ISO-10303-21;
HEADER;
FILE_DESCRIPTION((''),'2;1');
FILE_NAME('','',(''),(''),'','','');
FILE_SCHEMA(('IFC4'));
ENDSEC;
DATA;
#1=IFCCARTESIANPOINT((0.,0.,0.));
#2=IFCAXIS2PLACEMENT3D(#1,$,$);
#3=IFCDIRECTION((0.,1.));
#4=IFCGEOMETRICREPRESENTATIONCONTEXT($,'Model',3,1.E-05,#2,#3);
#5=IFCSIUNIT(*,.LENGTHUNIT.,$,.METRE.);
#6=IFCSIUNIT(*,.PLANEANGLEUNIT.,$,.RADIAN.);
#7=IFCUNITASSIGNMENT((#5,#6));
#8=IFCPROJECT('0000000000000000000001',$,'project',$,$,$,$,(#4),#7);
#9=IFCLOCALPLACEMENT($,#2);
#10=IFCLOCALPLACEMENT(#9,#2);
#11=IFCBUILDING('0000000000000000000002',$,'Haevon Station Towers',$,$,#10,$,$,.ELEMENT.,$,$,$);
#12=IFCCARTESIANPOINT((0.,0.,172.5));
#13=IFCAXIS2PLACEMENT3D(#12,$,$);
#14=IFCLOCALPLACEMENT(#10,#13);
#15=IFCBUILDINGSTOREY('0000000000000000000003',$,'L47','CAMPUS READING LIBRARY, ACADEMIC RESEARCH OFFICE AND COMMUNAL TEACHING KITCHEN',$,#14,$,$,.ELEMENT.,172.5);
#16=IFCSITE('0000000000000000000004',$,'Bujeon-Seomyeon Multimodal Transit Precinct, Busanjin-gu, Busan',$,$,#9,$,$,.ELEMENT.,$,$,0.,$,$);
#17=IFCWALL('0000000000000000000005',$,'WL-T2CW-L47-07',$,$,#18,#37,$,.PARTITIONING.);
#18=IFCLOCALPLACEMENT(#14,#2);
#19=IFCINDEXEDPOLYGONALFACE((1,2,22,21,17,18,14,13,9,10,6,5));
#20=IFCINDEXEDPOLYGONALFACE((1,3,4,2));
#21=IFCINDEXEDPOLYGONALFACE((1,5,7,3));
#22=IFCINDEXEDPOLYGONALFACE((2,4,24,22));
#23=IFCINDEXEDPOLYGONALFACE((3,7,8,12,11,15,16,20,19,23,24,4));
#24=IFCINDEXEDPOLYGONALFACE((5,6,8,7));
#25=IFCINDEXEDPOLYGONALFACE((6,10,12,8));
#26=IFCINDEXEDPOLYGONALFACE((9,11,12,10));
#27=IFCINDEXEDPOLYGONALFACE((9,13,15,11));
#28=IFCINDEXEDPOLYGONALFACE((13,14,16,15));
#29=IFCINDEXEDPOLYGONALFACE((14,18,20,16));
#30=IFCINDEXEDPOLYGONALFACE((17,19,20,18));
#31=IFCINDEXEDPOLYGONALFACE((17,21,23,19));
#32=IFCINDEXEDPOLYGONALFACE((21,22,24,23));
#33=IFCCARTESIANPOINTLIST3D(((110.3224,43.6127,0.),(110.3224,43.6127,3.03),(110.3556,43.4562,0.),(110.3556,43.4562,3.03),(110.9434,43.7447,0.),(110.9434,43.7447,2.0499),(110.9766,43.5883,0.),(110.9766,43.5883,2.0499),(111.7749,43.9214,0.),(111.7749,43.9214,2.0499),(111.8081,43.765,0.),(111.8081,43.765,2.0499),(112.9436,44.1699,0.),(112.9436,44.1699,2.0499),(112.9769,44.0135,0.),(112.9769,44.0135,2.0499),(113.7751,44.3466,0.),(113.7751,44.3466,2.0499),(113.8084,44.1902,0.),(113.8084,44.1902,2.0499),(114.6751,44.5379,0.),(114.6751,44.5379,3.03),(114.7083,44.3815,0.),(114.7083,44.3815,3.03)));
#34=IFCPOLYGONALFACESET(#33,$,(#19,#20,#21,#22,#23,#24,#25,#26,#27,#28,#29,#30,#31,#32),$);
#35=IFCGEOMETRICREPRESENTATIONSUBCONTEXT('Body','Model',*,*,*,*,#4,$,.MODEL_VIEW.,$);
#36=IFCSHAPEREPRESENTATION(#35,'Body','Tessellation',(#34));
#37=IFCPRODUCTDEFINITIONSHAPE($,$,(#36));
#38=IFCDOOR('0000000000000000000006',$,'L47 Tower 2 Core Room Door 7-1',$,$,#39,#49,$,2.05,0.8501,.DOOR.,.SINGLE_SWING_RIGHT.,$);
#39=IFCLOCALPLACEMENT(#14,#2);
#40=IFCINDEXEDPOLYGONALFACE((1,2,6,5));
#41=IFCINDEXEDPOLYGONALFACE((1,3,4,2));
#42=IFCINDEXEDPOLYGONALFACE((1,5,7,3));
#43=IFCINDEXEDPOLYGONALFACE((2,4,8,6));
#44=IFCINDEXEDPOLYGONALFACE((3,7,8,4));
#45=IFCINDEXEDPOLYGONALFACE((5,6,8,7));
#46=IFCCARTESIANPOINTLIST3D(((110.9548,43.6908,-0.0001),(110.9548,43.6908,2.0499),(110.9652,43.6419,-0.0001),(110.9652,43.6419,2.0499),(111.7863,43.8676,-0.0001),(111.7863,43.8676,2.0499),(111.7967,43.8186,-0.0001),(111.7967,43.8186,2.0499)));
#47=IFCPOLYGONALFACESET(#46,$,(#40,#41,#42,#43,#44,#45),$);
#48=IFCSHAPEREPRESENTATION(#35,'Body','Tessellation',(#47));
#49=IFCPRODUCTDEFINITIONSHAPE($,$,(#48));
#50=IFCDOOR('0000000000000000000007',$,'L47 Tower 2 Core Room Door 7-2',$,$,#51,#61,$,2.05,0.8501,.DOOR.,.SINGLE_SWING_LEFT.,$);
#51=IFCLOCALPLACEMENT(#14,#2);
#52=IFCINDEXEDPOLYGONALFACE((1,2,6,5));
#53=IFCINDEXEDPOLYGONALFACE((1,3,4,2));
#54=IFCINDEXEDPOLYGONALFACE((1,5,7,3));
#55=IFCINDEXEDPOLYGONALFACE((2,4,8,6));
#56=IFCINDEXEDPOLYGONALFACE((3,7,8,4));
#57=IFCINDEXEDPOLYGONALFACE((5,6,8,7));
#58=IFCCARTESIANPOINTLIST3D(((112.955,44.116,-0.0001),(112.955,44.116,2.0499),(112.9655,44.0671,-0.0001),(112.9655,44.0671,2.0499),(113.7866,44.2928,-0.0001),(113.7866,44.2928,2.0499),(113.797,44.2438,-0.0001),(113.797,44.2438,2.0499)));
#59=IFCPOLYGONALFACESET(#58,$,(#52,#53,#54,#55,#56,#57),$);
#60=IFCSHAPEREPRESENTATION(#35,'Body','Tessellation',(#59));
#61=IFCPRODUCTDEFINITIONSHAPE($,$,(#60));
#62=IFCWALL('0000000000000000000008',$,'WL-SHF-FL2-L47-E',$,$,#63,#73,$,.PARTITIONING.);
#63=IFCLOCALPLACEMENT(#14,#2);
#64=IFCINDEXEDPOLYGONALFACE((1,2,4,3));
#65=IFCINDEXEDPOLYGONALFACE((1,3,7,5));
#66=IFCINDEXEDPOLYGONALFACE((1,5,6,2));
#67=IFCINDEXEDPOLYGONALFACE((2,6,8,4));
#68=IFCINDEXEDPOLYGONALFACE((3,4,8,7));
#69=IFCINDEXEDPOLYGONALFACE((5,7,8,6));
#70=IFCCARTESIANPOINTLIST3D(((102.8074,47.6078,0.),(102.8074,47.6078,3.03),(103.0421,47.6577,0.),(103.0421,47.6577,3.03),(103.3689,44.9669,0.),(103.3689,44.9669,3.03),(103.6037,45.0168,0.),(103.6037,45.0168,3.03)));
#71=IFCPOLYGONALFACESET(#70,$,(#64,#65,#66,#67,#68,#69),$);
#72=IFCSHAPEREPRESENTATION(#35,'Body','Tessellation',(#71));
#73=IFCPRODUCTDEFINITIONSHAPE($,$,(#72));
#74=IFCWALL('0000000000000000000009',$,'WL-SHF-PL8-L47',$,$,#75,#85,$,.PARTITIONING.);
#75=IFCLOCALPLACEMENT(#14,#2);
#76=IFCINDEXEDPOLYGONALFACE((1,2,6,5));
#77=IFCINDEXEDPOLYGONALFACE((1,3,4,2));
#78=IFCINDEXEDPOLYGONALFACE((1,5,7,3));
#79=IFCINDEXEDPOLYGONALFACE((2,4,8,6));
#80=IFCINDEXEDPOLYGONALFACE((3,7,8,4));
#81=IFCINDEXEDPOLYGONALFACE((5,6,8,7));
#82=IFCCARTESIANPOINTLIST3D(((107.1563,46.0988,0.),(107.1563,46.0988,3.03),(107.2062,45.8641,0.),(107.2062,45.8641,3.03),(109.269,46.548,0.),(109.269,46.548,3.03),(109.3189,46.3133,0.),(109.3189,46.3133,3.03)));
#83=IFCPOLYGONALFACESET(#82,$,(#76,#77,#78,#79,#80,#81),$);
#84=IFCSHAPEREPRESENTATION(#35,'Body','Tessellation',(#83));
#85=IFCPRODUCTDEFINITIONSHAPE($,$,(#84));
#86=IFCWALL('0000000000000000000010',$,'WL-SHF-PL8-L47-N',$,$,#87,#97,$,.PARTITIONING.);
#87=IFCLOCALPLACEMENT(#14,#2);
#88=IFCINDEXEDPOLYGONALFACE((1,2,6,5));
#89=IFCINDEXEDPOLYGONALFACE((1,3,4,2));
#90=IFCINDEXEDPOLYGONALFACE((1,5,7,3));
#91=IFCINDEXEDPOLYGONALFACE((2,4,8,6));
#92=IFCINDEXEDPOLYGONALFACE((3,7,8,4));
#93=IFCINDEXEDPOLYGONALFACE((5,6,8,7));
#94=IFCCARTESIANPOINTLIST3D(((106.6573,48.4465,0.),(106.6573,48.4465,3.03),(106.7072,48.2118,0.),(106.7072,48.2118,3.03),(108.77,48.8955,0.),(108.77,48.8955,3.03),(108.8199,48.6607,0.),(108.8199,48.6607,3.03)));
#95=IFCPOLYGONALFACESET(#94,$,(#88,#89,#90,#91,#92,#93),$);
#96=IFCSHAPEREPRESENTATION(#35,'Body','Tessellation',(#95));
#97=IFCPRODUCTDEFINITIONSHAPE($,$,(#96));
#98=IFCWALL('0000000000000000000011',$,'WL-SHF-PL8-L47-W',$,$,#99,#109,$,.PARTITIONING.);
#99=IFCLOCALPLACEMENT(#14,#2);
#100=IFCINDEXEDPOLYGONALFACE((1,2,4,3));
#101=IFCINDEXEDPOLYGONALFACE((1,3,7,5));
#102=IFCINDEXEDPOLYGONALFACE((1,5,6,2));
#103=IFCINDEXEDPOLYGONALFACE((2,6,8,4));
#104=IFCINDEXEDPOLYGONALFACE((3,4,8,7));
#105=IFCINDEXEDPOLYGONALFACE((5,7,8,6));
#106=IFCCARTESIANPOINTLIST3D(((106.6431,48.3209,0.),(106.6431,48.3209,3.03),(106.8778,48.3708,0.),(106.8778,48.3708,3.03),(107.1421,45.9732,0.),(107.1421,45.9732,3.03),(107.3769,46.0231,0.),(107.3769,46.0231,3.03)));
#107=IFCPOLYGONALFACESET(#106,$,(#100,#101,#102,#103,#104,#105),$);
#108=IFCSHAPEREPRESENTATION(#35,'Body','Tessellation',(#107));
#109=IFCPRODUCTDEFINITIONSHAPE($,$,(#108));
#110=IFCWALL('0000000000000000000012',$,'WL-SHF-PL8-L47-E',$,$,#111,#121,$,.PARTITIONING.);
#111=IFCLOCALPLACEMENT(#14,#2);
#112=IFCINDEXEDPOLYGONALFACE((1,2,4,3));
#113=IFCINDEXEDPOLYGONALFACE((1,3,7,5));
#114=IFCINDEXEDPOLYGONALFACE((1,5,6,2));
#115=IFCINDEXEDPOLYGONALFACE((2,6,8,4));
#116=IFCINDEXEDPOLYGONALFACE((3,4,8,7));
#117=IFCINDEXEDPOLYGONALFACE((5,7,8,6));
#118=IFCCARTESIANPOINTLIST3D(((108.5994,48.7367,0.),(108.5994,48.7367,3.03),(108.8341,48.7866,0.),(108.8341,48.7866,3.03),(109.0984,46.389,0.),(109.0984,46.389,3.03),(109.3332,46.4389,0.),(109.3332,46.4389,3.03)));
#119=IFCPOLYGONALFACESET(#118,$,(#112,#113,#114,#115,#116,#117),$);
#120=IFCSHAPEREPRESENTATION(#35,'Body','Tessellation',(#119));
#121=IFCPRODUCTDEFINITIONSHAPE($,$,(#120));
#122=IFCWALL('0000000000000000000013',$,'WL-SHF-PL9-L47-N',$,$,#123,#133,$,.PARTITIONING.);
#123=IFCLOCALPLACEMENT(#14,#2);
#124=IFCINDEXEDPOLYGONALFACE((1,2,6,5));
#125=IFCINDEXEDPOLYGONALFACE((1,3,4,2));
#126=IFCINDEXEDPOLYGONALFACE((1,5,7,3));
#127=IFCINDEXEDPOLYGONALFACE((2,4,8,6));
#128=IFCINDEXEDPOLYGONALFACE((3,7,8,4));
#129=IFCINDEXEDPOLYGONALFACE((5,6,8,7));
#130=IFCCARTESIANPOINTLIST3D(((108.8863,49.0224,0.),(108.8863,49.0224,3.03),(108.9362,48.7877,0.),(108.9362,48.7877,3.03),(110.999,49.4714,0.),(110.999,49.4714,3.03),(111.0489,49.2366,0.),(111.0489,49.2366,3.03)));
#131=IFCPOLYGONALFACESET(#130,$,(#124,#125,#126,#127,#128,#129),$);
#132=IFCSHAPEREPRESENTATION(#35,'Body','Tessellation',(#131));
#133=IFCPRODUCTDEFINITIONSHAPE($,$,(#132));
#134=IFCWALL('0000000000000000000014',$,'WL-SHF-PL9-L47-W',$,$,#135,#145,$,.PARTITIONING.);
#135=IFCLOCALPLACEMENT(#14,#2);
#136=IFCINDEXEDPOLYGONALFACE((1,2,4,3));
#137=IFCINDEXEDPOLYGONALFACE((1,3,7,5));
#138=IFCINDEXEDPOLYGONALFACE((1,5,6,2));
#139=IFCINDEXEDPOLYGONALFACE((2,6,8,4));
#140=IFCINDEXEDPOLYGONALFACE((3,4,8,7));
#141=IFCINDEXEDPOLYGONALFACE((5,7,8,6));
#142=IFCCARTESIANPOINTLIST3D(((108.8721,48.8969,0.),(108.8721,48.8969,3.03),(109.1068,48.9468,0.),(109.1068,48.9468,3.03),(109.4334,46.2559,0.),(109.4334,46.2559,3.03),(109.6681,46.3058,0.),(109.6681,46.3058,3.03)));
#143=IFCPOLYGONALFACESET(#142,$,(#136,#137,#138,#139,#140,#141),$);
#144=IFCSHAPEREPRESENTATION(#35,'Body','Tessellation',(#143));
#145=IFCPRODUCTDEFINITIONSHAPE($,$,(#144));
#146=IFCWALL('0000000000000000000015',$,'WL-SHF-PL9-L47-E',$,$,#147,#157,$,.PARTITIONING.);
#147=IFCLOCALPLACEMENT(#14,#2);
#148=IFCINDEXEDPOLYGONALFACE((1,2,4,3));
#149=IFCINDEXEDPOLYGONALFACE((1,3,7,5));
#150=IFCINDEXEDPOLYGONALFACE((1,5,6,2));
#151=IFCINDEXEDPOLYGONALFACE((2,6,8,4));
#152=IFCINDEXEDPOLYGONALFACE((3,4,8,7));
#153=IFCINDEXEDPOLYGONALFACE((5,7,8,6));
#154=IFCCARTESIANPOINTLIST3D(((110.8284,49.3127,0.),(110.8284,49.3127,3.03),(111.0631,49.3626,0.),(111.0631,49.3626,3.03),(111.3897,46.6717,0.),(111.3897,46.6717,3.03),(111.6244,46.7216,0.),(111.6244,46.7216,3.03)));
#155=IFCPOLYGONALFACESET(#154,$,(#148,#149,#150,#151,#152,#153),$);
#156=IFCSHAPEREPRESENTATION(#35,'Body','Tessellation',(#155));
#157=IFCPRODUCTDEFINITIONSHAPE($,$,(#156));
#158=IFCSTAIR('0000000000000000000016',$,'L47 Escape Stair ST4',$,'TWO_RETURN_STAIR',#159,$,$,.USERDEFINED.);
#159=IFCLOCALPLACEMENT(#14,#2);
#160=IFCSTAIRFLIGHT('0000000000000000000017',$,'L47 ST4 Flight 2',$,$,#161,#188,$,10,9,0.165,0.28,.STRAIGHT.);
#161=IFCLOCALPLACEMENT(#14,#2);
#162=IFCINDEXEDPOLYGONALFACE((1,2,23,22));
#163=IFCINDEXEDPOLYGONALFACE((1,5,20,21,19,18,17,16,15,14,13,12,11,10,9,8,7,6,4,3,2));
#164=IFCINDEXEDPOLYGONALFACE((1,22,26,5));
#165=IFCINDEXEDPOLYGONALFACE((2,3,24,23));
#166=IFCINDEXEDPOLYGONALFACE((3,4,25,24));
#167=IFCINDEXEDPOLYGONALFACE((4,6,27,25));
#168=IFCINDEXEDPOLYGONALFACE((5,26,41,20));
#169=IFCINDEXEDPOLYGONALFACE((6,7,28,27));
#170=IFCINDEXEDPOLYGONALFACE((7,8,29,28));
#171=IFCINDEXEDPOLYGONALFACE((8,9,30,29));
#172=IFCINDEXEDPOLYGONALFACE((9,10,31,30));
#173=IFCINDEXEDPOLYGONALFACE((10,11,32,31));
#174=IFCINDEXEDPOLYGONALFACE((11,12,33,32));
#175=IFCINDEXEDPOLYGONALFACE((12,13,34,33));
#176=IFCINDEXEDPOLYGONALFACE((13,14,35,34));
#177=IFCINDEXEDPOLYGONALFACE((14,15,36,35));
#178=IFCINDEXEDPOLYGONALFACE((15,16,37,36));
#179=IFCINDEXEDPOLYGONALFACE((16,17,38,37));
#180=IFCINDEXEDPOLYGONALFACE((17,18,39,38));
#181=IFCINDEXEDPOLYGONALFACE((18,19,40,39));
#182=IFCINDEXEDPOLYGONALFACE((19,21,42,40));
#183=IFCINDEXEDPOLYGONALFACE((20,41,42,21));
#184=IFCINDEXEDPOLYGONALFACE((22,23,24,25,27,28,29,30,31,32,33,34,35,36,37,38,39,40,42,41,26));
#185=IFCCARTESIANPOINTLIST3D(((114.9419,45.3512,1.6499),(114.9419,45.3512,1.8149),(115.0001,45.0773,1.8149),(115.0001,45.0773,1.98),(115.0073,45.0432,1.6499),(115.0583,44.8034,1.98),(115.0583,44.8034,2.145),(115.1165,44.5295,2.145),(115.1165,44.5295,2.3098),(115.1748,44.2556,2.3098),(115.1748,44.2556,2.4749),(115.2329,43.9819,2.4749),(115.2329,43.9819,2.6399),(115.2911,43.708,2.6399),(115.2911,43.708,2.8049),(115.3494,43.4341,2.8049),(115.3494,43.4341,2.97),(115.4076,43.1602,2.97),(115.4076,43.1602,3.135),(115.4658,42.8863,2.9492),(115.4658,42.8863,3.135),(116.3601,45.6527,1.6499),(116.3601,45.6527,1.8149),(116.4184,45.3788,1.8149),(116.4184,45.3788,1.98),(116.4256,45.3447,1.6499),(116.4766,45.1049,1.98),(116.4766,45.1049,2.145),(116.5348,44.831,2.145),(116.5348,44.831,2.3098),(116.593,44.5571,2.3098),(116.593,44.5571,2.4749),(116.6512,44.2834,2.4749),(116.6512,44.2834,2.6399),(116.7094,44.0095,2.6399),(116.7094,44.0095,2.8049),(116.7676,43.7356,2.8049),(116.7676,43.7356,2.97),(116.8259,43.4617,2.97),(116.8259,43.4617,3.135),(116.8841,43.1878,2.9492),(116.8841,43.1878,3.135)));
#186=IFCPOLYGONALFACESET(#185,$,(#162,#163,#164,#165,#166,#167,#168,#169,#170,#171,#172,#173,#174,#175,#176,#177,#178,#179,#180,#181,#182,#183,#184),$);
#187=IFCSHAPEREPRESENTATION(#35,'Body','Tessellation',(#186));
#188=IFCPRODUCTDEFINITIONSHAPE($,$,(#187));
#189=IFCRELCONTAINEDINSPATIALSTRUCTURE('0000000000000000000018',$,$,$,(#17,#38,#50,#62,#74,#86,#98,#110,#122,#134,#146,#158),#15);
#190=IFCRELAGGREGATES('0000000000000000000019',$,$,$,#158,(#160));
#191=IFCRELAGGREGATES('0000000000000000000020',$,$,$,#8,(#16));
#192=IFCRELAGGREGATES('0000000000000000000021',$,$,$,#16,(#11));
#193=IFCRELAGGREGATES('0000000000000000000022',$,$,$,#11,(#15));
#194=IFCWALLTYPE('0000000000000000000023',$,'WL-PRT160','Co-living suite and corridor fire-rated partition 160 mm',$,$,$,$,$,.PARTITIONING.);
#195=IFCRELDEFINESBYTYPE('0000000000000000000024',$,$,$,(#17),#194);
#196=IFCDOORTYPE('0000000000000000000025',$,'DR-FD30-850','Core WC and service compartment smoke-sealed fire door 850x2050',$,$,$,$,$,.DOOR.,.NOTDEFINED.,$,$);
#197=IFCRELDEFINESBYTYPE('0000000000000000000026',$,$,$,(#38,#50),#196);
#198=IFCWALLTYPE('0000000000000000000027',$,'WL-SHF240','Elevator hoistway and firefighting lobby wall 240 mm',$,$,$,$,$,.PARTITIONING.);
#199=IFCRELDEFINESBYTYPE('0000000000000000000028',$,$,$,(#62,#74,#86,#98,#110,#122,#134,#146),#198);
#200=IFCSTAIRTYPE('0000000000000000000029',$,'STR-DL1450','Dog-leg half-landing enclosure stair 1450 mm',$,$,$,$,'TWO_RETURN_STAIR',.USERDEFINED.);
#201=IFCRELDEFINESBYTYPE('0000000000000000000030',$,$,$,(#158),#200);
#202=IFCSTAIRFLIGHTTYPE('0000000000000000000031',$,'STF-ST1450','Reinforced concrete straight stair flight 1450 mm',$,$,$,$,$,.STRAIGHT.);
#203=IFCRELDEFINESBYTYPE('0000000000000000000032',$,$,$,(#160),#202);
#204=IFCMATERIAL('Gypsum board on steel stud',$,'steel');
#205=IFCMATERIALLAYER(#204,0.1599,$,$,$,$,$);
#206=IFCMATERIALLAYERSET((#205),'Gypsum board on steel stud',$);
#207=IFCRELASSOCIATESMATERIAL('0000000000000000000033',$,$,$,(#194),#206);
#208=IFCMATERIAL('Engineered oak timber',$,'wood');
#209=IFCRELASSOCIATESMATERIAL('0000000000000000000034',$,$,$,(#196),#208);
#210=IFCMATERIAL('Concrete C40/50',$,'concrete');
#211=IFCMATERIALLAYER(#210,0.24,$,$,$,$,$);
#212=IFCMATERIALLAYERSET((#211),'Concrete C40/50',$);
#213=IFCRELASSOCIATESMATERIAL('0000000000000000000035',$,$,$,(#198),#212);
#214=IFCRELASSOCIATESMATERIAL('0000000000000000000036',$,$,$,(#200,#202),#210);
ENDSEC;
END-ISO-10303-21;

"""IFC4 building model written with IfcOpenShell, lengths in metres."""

from ifc_helpers import new_model, si_unit, direction, frame, frame_2d, origin, place, context, subcontext, project, spatial, polyline, rectangle, outline, extrude, material, layer, layer_set, type_object, element, fill, aggregate, save


model = new_model("IFC4")

# Units and contexts
model_context = context("Model", 3, precision=1e-05, world=origin(), true_north=direction((0.0, 1.0)))
body_context = subcontext(model_context, "Body", "Model", "MODEL_VIEW")
ifc_project = project(units=[si_unit("LENGTHUNIT", "METRE"), si_unit("PLANEANGLEUNIT", "RADIAN")], contexts=[model_context])

# Site, building, storey
site_placement = place(None, origin())
site = spatial("IfcSite", under=ifc_project, at=site_placement, Name="Bujeon-Seomyeon Multimodal Transit Precinct, Busanjin-gu, Busan", CompositionType="ELEMENT", RefElevation=0.0)
building_placement = place(site_placement, origin())
building = spatial("IfcBuilding", under=site, at=building_placement, Name="Haevon Station Towers", CompositionType="ELEMENT")
storey_placement = place(building_placement, frame((0.0, 0.0, 172.5)))
storey = spatial("IfcBuildingStorey", under=building, at=storey_placement, Name="L47", Description="CAMPUS READING LIBRARY, ACADEMIC RESEARCH OFFICE AND COMMUNAL TEACHING KITCHEN", CompositionType="ELEMENT", Elevation=172.5)

# Shared definitions
ifc_material_1 = material(Name="Gypsum board on steel stud", Category="steel")
ifc_material_2 = material(Name="Engineered oak timber", Category="wood")

# Shared definitions
ifc_layer_1 = layer(ifc_material_1, 0.1599)
ifc_layer_set_1 = layer_set([ifc_layer_1], Name="Gypsum board on steel stud")
wall_type_1 = type_object("IfcWallType", Name="WL-PRT160", Description="Co-living suite and corridor fire-rated partition 160 mm", PredefinedType="PARTITIONING", material=ifc_layer_set_1)

# Wall, openings, doors
wall_1_placement = place(storey_placement, frame((110.3389, 43.5344, 0.0), z_axis=(0.0, 0.0, 1.0), x_axis=(0.978144, 0.207929, 0.0)))
wall_1 = element("IfcWall", 1, at=wall_1_placement, inside=storey, type_object=wall_type_1, Name="WL-T2CW-L47-07", PredefinedType="PARTITIONING", context=body_context, shape_type="SweptSolid", body=[
    extrude(rectangle(XDim=4.45, YDim=0.1599, at=frame_2d((2.2251, 0.0))), origin(), (0.0, 0.0, 1.0), 3.03),
])
opening_1_placement = place(wall_1_placement, frame((0.635, 0.0, 0.0)))
opening_1 = element("IfcOpeningElement", 2, at=opening_1_placement, cuts=wall_1, PredefinedType="OPENING", context=body_context, shape_type="SweptSolid", body=[
    extrude(rectangle(XDim=0.8501, YDim=2.05, at=frame_2d((0.425, 1.0249))), frame((0.0, 0.0898, 0.0), z_axis=(0.0, -1.0, 0.0), x_axis=(1.0, 0.0, 0.0)), (0.0, 0.0, 1.0), 0.1799),
])
opening_2_placement = place(wall_1_placement, frame((2.6799, 0.0, 0.0)))
opening_2 = element("IfcOpeningElement", 3, at=opening_2_placement, cuts=wall_1, PredefinedType="OPENING", context=body_context, shape_type="SweptSolid", body=[
    extrude(rectangle(XDim=0.8501, YDim=2.05, at=frame_2d((0.425, 1.0249))), frame((0.0, 0.0898, 0.0), z_axis=(0.0, -1.0, 0.0), x_axis=(1.0, 0.0, 0.0)), (0.0, 0.0, 1.0), 0.1799),
])
door_type_1 = type_object("IfcDoorType", Name="DR-FD30-850", Description="Core WC and service compartment smoke-sealed fire door 850x2050", OperationType="NOTDEFINED", PredefinedType="DOOR", material=ifc_material_2)
door_1_placement = place(opening_1_placement, origin())
door_1 = element("IfcDoor", 4, at=door_1_placement, inside=storey, type_object=door_type_1, Name="L47 Tower 2 Core Room Door 7-1", OperationType="SINGLE_SWING_RIGHT", OverallHeight=2.05, OverallWidth=0.8501, PredefinedType="DOOR", context=body_context, shape_type="SweptSolid", body=[
    extrude(rectangle(XDim=0.8501, YDim=2.05, at=frame_2d((0.425, 1.0249))), frame((0.0, 0.0249, 0.0), z_axis=(0.0, -1.0, 0.0), x_axis=(1.0, 0.0, 0.0)), (0.0, 0.0, 1.0), 0.05),
])
fill(opening_1, door_1)
door_2_placement = place(opening_2_placement, origin())
door_2 = element("IfcDoor", 5, at=door_2_placement, inside=storey, type_object=door_type_1, Name="L47 Tower 2 Core Room Door 7-2", OperationType="SINGLE_SWING_LEFT", OverallHeight=2.05, OverallWidth=0.8501, PredefinedType="DOOR", context=body_context, shape_type="SweptSolid", body=[
    extrude(rectangle(XDim=0.8501, YDim=2.05, at=frame_2d((0.425, 1.0249))), frame((0.0, 0.0249, 0.0), z_axis=(0.0, -1.0, 0.0), x_axis=(1.0, 0.0, 0.0)), (0.0, 0.0, 1.0), 0.05),
])
fill(opening_2, door_2)

# Walls
ifc_material_3 = material(Name="Concrete C40/50", Category="concrete")
ifc_layer_2 = layer(ifc_material_3, 0.24)
ifc_layer_set_2 = layer_set([ifc_layer_2], Name="Concrete C40/50")
wall_type_2 = type_object("IfcWallType", Name="WL-SHF240", Description="Elevator hoistway and firefighting lobby wall 240 mm", PredefinedType="PARTITIONING", material=ifc_layer_set_2)
wall_2_placement = place(storey_placement, frame((103.4863, 44.9917, 0.0), z_axis=(0.0, 0.0, 1.0), x_axis=(-0.207979, 0.978133, 0.0)))
element("IfcWall", 6, at=wall_2_placement, inside=storey, type_object=wall_type_2, Name="WL-SHF-FL2-L47-E", PredefinedType="PARTITIONING", context=body_context, shape_type="SweptSolid", body=[
    extrude(rectangle(XDim=2.7, YDim=0.24, at=frame_2d((1.3501, 0.0))), origin(), (0.0, 0.0, 1.0), 3.03),
])
for number, where, z_axis, x_axis, name in (
    (7, (107.1812, 45.9814, 0.0), (0.0, 0.0, 1.0), (0.978135, 0.20797, 0.0), "WL-SHF-PL8-L47"),
    (8, (106.6821, 48.3291, 0.0), (0.0, 0.0, 1.0), (0.978158, 0.207861, 0.0), "WL-SHF-PL8-L47-N"),
):
    element("IfcWall", number, at=place(storey_placement, frame(where, z_axis=z_axis, x_axis=x_axis)), inside=storey, type_object=wall_type_2, Name=name, PredefinedType="PARTITIONING", context=body_context, shape_type="SweptSolid", body=[
        extrude(rectangle(XDim=2.1599, YDim=0.24, at=frame_2d((1.0801, 0.0))), origin(), (0.0, 0.0, 1.0), 3.03),
    ])
for number, where, z_axis, x_axis, name in (
    (9, (107.2595, 45.998, 0.0), (0.0, 0.0, 1.0), (-0.207917, 0.978146, 0.0), "WL-SHF-PL8-L47-W"),
    (10, (109.2158, 46.4138, 0.0), (0.0, 0.0, 1.0), (-0.207917, 0.978146, 0.0), "WL-SHF-PL8-L47-E"),
):
    element("IfcWall", number, at=place(storey_placement, frame(where, z_axis=z_axis, x_axis=x_axis)), inside=storey, type_object=wall_type_2, Name=name, PredefinedType="PARTITIONING", context=body_context, shape_type="SweptSolid", body=[
        extrude(rectangle(XDim=2.4001, YDim=0.24, at=frame_2d((1.2002, 0.0))), origin(), (0.0, 0.0, 1.0), 3.03),
    ])

# Walls
wall_3_placement = place(storey_placement, frame((108.9111, 48.905, 0.0), z_axis=(0.0, 0.0, 1.0), x_axis=(0.978158, 0.207861, 0.0)))
element("IfcWall", 11, at=wall_3_placement, inside=storey, type_object=wall_type_2, Name="WL-SHF-PL9-L47-N", PredefinedType="PARTITIONING", context=body_context, shape_type="SweptSolid", body=[
    extrude(rectangle(XDim=2.1599, YDim=0.24, at=frame_2d((1.0801, 0.0))), origin(), (0.0, 0.0, 1.0), 3.03),
])
for number, where, z_axis, x_axis, name in (
    (12, (109.5508, 46.2808, 0.0), (0.0, 0.0, 1.0), (-0.207892, 0.978152, 0.0), "WL-SHF-PL9-L47-W"),
    (13, (111.5071, 46.6965, 0.0), (0.0, 0.0, 1.0), (-0.207892, 0.978152, 0.0), "WL-SHF-PL9-L47-E"),
):
    element("IfcWall", number, at=place(storey_placement, frame(where, z_axis=z_axis, x_axis=x_axis)), inside=storey, type_object=wall_type_2, Name=name, PredefinedType="PARTITIONING", context=body_context, shape_type="SweptSolid", body=[
        extrude(rectangle(XDim=2.7, YDim=0.24, at=frame_2d((1.3501, 0.0))), origin(), (0.0, 0.0, 1.0), 3.03),
    ])

# Stair, stair flight
stair_type = type_object("IfcStairType", Name="STR-DL1450", Description="Dog-leg half-landing enclosure stair 1450 mm", ElementType="TWO_RETURN_STAIR", PredefinedType="USERDEFINED", material=ifc_material_3)
stair_placement = place(storey_placement, origin())
stair = element("IfcStair", 14, at=stair_placement, inside=storey, type_object=stair_type, Name="L47 Escape Stair ST4", ObjectType="TWO_RETURN_STAIR", PredefinedType="USERDEFINED")
stair_flight_type = type_object("IfcStairFlightType", Name="STF-ST1450", Description="Reinforced concrete straight stair flight 1450 mm", PredefinedType="STRAIGHT", material=ifc_material_3)
stair_flight_placement = place(storey_placement, frame((115.6509, 45.502, 1.6499), z_axis=(0.0, 0.0, 1.0), x_axis=(0.207912, -0.978148, 0.0)))
stair_flight = element("IfcStairFlight", 15, at=stair_flight_placement, type_object=stair_flight_type, Name="L47 ST4 Flight 2", NumberOfRisers=10, NumberOfTreads=9, PredefinedType="STRAIGHT", RiserHeight=0.165, TreadLength=0.28, context=body_context, shape_type="SweptSolid", body=[
    extrude(outline(polyline([(0.0, 0.0), (0.0, 0.165), (0.28, 0.165), (0.28, 0.3301), (0.5601, 0.3301), (0.5601, 0.4951), (0.8401, 0.4951), (0.8401, 0.6599), (1.1201, 0.6599), (1.1201, 0.825), (1.3999, 0.825), (1.3999, 0.99), (1.6799, 0.99), (1.6799, 1.155), (1.96, 1.155), (1.96, 1.3201), (2.24, 1.3201), (2.24, 1.4851), (2.52, 1.4851), (2.52, 1.6499), (2.52, 1.2993), (0.3149, 0.0), (0.0, 0.0)])), frame((0.0, 0.7251, 0.0), z_axis=(0.0, -1.0, 0.0), x_axis=(1.0, 0.0, 0.0)), (0.0, 0.0, 1.0), 1.45),
])
aggregate(stair, [stair_flight])

save(model, "model.ifc")
